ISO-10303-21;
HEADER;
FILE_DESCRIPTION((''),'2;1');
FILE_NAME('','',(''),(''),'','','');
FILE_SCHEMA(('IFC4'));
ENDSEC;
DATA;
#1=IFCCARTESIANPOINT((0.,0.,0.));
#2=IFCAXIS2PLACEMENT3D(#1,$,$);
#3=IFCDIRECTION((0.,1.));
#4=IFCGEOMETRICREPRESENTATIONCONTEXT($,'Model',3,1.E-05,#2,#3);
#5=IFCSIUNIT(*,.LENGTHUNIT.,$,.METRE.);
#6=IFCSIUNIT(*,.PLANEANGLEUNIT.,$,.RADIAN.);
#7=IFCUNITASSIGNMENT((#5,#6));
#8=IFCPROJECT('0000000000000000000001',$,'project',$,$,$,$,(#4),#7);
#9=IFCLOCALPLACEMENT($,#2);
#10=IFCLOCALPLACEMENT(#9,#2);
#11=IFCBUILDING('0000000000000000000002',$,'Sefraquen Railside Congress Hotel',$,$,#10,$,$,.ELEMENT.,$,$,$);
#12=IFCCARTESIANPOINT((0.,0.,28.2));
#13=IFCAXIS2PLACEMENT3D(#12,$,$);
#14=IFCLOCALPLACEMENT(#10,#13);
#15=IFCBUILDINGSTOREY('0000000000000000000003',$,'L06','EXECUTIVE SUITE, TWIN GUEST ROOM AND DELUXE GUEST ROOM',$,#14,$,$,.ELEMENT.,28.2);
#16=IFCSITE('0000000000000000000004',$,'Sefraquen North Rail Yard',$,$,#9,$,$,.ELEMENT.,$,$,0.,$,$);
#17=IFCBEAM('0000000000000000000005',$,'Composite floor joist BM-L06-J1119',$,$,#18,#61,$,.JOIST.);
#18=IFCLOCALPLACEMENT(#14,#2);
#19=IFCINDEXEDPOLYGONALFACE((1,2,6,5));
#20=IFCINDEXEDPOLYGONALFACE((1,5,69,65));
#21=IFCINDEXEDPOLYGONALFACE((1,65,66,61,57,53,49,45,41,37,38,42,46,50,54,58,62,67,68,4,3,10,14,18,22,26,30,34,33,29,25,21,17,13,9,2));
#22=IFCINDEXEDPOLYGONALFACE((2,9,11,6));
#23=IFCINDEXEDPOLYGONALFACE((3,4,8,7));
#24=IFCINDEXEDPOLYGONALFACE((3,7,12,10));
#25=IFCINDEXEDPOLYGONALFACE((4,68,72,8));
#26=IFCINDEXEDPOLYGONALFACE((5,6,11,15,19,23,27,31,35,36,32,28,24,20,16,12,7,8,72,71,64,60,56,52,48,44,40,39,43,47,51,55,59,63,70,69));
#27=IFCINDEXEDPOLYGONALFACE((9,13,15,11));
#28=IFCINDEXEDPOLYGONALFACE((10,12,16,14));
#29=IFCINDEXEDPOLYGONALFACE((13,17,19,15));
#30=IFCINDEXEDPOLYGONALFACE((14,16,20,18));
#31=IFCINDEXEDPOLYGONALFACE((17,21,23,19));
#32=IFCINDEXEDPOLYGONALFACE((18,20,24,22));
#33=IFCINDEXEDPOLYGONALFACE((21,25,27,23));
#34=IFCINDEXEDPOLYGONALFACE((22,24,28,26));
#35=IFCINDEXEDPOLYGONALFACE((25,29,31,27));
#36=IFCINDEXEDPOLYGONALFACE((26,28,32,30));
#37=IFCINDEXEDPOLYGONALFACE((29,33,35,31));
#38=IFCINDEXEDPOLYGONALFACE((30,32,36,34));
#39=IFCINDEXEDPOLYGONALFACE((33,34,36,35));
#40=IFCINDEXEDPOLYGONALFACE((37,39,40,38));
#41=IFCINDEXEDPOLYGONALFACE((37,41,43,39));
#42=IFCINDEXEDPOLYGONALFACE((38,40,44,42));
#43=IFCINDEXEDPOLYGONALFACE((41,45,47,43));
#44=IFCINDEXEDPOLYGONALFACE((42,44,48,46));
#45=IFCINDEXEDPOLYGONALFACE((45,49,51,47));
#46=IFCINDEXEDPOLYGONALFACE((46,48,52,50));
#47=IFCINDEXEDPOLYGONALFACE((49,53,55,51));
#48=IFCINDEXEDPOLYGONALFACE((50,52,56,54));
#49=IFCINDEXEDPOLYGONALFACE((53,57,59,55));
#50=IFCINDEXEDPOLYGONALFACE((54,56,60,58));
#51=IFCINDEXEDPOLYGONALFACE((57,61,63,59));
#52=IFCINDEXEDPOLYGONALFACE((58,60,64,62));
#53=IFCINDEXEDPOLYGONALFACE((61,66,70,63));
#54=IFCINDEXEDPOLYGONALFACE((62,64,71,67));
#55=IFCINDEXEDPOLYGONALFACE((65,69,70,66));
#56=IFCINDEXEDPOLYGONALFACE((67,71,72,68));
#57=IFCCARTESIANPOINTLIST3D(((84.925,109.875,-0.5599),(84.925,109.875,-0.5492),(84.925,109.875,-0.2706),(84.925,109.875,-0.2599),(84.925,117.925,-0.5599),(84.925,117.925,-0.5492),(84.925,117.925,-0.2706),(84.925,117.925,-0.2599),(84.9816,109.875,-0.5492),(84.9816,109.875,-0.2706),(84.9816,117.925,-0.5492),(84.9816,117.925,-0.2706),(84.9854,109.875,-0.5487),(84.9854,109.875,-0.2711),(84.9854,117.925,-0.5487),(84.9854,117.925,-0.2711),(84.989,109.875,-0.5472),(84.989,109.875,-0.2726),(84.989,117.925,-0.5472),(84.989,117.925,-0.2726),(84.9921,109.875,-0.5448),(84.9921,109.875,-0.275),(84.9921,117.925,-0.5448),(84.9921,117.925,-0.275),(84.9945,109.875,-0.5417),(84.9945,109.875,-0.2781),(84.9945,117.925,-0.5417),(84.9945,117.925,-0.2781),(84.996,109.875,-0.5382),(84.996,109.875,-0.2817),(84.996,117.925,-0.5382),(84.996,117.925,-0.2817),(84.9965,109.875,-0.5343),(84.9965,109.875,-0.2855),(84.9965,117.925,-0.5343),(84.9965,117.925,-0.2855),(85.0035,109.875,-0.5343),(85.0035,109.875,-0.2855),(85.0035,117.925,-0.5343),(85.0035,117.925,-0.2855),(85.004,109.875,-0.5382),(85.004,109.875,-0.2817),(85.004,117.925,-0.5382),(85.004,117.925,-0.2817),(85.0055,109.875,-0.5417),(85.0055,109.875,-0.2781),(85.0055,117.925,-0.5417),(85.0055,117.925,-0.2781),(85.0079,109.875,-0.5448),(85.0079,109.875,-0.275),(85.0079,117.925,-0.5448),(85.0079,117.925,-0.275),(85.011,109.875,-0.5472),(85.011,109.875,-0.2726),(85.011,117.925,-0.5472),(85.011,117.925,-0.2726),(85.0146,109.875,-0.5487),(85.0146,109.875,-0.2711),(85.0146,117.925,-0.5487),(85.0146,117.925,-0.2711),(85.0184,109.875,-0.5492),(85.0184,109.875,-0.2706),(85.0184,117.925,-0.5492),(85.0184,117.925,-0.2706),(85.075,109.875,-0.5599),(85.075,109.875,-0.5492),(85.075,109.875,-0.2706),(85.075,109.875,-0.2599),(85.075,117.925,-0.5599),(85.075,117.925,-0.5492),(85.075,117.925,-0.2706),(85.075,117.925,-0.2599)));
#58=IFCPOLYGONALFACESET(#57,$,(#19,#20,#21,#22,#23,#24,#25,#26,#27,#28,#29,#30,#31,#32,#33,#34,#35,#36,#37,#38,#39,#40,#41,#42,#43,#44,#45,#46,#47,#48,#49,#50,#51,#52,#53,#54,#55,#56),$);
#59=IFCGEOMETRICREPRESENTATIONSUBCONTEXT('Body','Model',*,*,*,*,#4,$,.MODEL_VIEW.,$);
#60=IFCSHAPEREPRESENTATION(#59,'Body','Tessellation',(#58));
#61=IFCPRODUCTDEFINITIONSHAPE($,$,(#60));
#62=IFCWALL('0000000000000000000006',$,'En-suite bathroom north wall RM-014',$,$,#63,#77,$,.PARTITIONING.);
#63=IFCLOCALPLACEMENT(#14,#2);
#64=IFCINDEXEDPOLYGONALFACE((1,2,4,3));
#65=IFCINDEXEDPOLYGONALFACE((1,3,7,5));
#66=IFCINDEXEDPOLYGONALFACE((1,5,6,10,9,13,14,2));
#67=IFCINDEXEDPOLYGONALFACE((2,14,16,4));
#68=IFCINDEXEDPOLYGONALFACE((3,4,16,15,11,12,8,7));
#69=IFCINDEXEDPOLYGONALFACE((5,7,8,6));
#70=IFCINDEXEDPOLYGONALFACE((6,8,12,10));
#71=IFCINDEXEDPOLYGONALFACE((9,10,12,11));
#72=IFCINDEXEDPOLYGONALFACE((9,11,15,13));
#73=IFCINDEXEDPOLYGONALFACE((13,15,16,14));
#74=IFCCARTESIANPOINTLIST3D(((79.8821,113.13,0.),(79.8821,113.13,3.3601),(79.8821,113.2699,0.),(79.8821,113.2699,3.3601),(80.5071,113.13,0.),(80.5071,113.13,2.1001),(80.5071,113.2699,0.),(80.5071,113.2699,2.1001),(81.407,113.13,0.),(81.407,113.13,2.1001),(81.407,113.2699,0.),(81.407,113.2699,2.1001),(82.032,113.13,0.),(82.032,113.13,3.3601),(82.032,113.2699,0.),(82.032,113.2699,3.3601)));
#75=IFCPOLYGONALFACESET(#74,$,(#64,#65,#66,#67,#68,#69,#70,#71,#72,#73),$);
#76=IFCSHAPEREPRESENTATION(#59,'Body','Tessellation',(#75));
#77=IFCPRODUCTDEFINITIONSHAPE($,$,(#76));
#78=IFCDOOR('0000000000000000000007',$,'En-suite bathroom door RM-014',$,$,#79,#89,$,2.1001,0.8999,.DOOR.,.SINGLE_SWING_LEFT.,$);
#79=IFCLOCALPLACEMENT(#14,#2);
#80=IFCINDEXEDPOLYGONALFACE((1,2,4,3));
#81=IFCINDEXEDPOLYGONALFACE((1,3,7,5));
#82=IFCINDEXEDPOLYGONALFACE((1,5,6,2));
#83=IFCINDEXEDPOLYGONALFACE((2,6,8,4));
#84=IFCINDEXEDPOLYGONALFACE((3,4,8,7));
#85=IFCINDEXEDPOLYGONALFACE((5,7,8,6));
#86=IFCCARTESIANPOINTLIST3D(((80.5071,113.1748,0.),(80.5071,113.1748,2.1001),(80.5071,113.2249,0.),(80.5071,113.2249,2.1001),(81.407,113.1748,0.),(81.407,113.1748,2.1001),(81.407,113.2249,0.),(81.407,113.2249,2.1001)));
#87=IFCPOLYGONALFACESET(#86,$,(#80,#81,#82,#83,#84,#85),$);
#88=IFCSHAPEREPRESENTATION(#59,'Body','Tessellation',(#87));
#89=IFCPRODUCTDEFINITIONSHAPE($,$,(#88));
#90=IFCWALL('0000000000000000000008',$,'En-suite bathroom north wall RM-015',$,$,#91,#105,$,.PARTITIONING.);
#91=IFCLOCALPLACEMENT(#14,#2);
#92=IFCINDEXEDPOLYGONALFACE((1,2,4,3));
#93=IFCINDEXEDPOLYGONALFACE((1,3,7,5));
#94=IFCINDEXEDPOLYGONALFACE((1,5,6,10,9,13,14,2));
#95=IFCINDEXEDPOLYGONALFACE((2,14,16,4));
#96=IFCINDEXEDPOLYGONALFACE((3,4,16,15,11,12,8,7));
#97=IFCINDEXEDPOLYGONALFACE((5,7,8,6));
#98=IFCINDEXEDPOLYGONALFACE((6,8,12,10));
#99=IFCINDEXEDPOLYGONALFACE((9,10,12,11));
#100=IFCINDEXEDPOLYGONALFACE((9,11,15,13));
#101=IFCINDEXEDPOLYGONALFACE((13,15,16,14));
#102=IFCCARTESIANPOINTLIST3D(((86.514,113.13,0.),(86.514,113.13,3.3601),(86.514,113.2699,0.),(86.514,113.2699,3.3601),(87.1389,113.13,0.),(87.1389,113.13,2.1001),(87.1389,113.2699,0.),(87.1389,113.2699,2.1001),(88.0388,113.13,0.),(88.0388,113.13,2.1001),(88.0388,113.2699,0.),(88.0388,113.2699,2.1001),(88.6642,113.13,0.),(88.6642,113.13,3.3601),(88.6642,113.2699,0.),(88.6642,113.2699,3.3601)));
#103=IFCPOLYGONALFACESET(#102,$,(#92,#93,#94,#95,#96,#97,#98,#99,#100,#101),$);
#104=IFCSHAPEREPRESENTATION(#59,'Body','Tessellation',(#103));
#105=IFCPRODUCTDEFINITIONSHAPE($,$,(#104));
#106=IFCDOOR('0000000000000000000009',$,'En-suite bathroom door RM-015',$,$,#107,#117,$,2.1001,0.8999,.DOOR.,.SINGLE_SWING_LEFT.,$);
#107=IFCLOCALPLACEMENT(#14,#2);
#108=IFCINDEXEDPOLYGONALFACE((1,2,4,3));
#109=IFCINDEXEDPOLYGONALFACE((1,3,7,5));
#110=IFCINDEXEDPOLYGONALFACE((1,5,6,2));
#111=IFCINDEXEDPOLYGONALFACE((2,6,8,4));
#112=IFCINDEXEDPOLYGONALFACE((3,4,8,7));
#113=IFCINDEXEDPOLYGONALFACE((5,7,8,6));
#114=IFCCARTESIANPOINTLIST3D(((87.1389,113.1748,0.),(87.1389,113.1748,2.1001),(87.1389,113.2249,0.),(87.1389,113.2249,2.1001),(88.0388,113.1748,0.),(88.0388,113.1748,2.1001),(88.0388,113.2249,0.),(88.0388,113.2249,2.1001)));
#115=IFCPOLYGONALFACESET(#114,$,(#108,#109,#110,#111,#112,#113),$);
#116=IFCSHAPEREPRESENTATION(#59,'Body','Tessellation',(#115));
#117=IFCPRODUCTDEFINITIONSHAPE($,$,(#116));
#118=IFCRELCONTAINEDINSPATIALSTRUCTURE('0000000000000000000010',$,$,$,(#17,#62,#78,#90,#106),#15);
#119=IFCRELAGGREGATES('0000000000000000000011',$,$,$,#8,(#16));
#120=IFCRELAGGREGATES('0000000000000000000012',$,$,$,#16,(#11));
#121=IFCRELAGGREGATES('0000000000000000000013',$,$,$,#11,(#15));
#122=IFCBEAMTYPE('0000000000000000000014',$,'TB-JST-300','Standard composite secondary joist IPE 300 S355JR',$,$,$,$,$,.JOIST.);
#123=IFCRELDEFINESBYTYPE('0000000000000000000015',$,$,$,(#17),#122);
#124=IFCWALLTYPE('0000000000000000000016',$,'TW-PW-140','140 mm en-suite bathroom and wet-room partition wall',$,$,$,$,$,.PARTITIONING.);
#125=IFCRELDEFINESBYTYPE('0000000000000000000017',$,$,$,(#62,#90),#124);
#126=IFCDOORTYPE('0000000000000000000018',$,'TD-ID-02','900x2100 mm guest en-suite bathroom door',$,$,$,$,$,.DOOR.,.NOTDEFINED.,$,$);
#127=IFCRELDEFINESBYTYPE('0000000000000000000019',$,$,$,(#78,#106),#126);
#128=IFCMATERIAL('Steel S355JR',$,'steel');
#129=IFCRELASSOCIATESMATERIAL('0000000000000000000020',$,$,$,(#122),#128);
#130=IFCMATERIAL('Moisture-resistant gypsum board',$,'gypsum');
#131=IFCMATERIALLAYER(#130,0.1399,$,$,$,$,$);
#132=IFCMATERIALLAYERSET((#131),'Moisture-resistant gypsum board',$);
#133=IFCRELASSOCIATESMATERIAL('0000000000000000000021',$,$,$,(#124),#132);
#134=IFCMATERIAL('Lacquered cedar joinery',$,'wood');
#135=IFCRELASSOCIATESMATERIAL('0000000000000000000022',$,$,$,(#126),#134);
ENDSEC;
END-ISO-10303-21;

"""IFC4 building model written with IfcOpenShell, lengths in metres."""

from ifc_helpers import new_model, si_unit, direction, frame, frame_2d, origin, origin_2d, place, context, subcontext, project, spatial, rectangle, i_section, extrude, material, layer, layer_set, material_profile, profile_set, type_object, element, fill, save


model = new_model("IFC4")

# Units and contexts
model_context = context("Model", 3, precision=1e-05, world=origin(), true_north=direction((0.0, 1.0)))
body_context = subcontext(model_context, "Body", "Model", "MODEL_VIEW")
ifc_project = project(units=[si_unit("LENGTHUNIT", "METRE"), si_unit("PLANEANGLEUNIT", "RADIAN")], contexts=[model_context])

# Site, building, storey
site_placement = place(None, origin())
site = spatial("IfcSite", under=ifc_project, at=site_placement, Name="Sefraquen North Rail Yard", CompositionType="ELEMENT", RefElevation=0.0)
building_placement = place(site_placement, origin())
building = spatial("IfcBuilding", under=site, at=building_placement, Name="Sefraquen Railside Congress Hotel", CompositionType="ELEMENT")
storey_placement = place(building_placement, frame((0.0, 0.0, 28.2)))
storey = spatial("IfcBuildingStorey", under=building, at=storey_placement, Name="L06", Description="EXECUTIVE SUITE, TWIN GUEST ROOM AND DELUXE GUEST ROOM", CompositionType="ELEMENT", Elevation=28.2)

# Shared definitions
ifc_material_1 = material(Name="Steel S355JR", Category="steel")

# Beam
ifc_material_profile_1 = material_profile(ifc_material_1, i_section(OverallWidth=0.1499, OverallDepth=0.3, WebThickness=0.0071, FlangeThickness=0.0107, FilletRadius=0.0149, at=origin_2d()), Name="IPE 300")
ifc_profile_set_1 = profile_set([ifc_material_profile_1], Name="Steel S355JR")
beam_type_1 = type_object("IfcBeamType", Name="TB-JST-300", Description="Standard composite secondary joist IPE 300 S355JR", PredefinedType="JOIST", material=ifc_profile_set_1)
for number, where, z_axis, x_axis, name in (
    (1, (85.0, 109.875, -0.4099), (0.0, 1.0, 0.0), (-1.0, 0.0, 0.0), "Composite floor joist BM-L06-J1119"),
):
    element("IfcBeam", number, at=place(storey_placement, frame(where, z_axis=z_axis, x_axis=x_axis)), inside=storey, type_object=beam_type_1, Name=name, PredefinedType="JOIST", context=body_context, shape_type="SweptSolid", body=[
        extrude(i_section(OverallWidth=0.1499, OverallDepth=0.3, WebThickness=0.0071, FlangeThickness=0.0107, FilletRadius=0.0149, at=origin_2d()), origin(), (0.0, 0.0, 1.0), 8.05),
    ])

# Walls, openings, doors
ifc_material_2 = material(Name="Moisture-resistant gypsum board", Category="gypsum")
ifc_layer = layer(ifc_material_2, 0.1399)
ifc_layer_set = layer_set([ifc_layer], Name="Moisture-resistant gypsum board")
wall_type = type_object("IfcWallType", Name="TW-PW-140", Description="140 mm en-suite bathroom and wet-room partition wall", PredefinedType="PARTITIONING", material=ifc_layer_set)
wall_1_placement = place(storey_placement, frame((79.8821, 113.2, 0.0), z_axis=(0.0, 0.0, 1.0), x_axis=(1.0, 0.0, 0.0)))
wall_1 = element("IfcWall", 2, at=wall_1_placement, inside=storey, type_object=wall_type, Name="En-suite bathroom north wall RM-014", PredefinedType="PARTITIONING", context=body_context, shape_type="SweptSolid", body=[
    extrude(rectangle(XDim=2.1499, YDim=0.1399, at=frame_2d((1.075, 0.0))), origin(), (0.0, 0.0, 1.0), 3.3601),
])
opening_1_placement = place(wall_1_placement, frame((0.625, 0.0, 0.0)))
opening_1 = element("IfcOpeningElement", 3, at=opening_1_placement, cuts=wall_1, PredefinedType="OPENING", context=body_context, shape_type="SweptSolid", body=[
    extrude(rectangle(XDim=0.8999, YDim=2.1001, at=frame_2d((0.45, 1.05))), frame((0.0, 0.0798, 0.0), z_axis=(0.0, -1.0, 0.0), x_axis=(1.0, 0.0, 0.0)), (0.0, 0.0, 1.0), 0.1599),
])
ifc_material_3 = material(Name="Lacquered cedar joinery", Category="wood")
door_type = type_object("IfcDoorType", Name="TD-ID-02", Description="900x2100 mm guest en-suite bathroom door", OperationType="NOTDEFINED", PredefinedType="DOOR", material=ifc_material_3)
door_1_placement = place(opening_1_placement, origin())
door_1 = element("IfcDoor", 4, at=door_1_placement, inside=storey, type_object=door_type, Name="En-suite bathroom door RM-014", OperationType="SINGLE_SWING_LEFT", OverallHeight=2.1001, OverallWidth=0.8999, PredefinedType="DOOR", context=body_context, shape_type="SweptSolid", body=[
    extrude(rectangle(XDim=0.8999, YDim=2.1001, at=frame_2d((0.45, 1.05))), frame((0.0, 0.0249, 0.0), z_axis=(0.0, -1.0, 0.0), x_axis=(1.0, 0.0, 0.0)), (0.0, 0.0, 1.0), 0.05),
])
fill(opening_1, door_1)
wall_2_placement = place(storey_placement, frame((86.5139, 113.2, 0.0), z_axis=(0.0, 0.0, 1.0), x_axis=(1.0, 0.0, 0.0)))
wall_2 = element("IfcWall", 5, at=wall_2_placement, inside=storey, type_object=wall_type, Name="En-suite bathroom north wall RM-015", PredefinedType="PARTITIONING", context=body_context, shape_type="SweptSolid", body=[
    extrude(rectangle(XDim=2.1501, YDim=0.1399, at=frame_2d((1.0752, 0.0))), origin(), (0.0, 0.0, 1.0), 3.3601),
])
opening_2_placement = place(wall_2_placement, frame((0.625, 0.0, 0.0)))
opening_2 = element("IfcOpeningElement", 6, at=opening_2_placement, cuts=wall_2, PredefinedType="OPENING", context=body_context, shape_type="SweptSolid", body=[
    extrude(rectangle(XDim=0.8999, YDim=2.1001, at=frame_2d((0.45, 1.05))), frame((0.0, 0.0798, 0.0), z_axis=(0.0, -1.0, 0.0), x_axis=(1.0, 0.0, 0.0)), (0.0, 0.0, 1.0), 0.1599),
])
door_2_placement = place(opening_2_placement, origin())
door_2 = element("IfcDoor", 7, at=door_2_placement, inside=storey, type_object=door_type, Name="En-suite bathroom door RM-015", OperationType="SINGLE_SWING_LEFT", OverallHeight=2.1001, OverallWidth=0.8999, PredefinedType="DOOR", context=body_context, shape_type="SweptSolid", body=[
    extrude(rectangle(XDim=0.8999, YDim=2.1001, at=frame_2d((0.45, 1.05))), frame((0.0, 0.0249, 0.0), z_axis=(0.0, -1.0, 0.0), x_axis=(1.0, 0.0, 0.0)), (0.0, 0.0, 1.0), 0.05),
])
fill(opening_2, door_2)

save(model, "model.ifc")
